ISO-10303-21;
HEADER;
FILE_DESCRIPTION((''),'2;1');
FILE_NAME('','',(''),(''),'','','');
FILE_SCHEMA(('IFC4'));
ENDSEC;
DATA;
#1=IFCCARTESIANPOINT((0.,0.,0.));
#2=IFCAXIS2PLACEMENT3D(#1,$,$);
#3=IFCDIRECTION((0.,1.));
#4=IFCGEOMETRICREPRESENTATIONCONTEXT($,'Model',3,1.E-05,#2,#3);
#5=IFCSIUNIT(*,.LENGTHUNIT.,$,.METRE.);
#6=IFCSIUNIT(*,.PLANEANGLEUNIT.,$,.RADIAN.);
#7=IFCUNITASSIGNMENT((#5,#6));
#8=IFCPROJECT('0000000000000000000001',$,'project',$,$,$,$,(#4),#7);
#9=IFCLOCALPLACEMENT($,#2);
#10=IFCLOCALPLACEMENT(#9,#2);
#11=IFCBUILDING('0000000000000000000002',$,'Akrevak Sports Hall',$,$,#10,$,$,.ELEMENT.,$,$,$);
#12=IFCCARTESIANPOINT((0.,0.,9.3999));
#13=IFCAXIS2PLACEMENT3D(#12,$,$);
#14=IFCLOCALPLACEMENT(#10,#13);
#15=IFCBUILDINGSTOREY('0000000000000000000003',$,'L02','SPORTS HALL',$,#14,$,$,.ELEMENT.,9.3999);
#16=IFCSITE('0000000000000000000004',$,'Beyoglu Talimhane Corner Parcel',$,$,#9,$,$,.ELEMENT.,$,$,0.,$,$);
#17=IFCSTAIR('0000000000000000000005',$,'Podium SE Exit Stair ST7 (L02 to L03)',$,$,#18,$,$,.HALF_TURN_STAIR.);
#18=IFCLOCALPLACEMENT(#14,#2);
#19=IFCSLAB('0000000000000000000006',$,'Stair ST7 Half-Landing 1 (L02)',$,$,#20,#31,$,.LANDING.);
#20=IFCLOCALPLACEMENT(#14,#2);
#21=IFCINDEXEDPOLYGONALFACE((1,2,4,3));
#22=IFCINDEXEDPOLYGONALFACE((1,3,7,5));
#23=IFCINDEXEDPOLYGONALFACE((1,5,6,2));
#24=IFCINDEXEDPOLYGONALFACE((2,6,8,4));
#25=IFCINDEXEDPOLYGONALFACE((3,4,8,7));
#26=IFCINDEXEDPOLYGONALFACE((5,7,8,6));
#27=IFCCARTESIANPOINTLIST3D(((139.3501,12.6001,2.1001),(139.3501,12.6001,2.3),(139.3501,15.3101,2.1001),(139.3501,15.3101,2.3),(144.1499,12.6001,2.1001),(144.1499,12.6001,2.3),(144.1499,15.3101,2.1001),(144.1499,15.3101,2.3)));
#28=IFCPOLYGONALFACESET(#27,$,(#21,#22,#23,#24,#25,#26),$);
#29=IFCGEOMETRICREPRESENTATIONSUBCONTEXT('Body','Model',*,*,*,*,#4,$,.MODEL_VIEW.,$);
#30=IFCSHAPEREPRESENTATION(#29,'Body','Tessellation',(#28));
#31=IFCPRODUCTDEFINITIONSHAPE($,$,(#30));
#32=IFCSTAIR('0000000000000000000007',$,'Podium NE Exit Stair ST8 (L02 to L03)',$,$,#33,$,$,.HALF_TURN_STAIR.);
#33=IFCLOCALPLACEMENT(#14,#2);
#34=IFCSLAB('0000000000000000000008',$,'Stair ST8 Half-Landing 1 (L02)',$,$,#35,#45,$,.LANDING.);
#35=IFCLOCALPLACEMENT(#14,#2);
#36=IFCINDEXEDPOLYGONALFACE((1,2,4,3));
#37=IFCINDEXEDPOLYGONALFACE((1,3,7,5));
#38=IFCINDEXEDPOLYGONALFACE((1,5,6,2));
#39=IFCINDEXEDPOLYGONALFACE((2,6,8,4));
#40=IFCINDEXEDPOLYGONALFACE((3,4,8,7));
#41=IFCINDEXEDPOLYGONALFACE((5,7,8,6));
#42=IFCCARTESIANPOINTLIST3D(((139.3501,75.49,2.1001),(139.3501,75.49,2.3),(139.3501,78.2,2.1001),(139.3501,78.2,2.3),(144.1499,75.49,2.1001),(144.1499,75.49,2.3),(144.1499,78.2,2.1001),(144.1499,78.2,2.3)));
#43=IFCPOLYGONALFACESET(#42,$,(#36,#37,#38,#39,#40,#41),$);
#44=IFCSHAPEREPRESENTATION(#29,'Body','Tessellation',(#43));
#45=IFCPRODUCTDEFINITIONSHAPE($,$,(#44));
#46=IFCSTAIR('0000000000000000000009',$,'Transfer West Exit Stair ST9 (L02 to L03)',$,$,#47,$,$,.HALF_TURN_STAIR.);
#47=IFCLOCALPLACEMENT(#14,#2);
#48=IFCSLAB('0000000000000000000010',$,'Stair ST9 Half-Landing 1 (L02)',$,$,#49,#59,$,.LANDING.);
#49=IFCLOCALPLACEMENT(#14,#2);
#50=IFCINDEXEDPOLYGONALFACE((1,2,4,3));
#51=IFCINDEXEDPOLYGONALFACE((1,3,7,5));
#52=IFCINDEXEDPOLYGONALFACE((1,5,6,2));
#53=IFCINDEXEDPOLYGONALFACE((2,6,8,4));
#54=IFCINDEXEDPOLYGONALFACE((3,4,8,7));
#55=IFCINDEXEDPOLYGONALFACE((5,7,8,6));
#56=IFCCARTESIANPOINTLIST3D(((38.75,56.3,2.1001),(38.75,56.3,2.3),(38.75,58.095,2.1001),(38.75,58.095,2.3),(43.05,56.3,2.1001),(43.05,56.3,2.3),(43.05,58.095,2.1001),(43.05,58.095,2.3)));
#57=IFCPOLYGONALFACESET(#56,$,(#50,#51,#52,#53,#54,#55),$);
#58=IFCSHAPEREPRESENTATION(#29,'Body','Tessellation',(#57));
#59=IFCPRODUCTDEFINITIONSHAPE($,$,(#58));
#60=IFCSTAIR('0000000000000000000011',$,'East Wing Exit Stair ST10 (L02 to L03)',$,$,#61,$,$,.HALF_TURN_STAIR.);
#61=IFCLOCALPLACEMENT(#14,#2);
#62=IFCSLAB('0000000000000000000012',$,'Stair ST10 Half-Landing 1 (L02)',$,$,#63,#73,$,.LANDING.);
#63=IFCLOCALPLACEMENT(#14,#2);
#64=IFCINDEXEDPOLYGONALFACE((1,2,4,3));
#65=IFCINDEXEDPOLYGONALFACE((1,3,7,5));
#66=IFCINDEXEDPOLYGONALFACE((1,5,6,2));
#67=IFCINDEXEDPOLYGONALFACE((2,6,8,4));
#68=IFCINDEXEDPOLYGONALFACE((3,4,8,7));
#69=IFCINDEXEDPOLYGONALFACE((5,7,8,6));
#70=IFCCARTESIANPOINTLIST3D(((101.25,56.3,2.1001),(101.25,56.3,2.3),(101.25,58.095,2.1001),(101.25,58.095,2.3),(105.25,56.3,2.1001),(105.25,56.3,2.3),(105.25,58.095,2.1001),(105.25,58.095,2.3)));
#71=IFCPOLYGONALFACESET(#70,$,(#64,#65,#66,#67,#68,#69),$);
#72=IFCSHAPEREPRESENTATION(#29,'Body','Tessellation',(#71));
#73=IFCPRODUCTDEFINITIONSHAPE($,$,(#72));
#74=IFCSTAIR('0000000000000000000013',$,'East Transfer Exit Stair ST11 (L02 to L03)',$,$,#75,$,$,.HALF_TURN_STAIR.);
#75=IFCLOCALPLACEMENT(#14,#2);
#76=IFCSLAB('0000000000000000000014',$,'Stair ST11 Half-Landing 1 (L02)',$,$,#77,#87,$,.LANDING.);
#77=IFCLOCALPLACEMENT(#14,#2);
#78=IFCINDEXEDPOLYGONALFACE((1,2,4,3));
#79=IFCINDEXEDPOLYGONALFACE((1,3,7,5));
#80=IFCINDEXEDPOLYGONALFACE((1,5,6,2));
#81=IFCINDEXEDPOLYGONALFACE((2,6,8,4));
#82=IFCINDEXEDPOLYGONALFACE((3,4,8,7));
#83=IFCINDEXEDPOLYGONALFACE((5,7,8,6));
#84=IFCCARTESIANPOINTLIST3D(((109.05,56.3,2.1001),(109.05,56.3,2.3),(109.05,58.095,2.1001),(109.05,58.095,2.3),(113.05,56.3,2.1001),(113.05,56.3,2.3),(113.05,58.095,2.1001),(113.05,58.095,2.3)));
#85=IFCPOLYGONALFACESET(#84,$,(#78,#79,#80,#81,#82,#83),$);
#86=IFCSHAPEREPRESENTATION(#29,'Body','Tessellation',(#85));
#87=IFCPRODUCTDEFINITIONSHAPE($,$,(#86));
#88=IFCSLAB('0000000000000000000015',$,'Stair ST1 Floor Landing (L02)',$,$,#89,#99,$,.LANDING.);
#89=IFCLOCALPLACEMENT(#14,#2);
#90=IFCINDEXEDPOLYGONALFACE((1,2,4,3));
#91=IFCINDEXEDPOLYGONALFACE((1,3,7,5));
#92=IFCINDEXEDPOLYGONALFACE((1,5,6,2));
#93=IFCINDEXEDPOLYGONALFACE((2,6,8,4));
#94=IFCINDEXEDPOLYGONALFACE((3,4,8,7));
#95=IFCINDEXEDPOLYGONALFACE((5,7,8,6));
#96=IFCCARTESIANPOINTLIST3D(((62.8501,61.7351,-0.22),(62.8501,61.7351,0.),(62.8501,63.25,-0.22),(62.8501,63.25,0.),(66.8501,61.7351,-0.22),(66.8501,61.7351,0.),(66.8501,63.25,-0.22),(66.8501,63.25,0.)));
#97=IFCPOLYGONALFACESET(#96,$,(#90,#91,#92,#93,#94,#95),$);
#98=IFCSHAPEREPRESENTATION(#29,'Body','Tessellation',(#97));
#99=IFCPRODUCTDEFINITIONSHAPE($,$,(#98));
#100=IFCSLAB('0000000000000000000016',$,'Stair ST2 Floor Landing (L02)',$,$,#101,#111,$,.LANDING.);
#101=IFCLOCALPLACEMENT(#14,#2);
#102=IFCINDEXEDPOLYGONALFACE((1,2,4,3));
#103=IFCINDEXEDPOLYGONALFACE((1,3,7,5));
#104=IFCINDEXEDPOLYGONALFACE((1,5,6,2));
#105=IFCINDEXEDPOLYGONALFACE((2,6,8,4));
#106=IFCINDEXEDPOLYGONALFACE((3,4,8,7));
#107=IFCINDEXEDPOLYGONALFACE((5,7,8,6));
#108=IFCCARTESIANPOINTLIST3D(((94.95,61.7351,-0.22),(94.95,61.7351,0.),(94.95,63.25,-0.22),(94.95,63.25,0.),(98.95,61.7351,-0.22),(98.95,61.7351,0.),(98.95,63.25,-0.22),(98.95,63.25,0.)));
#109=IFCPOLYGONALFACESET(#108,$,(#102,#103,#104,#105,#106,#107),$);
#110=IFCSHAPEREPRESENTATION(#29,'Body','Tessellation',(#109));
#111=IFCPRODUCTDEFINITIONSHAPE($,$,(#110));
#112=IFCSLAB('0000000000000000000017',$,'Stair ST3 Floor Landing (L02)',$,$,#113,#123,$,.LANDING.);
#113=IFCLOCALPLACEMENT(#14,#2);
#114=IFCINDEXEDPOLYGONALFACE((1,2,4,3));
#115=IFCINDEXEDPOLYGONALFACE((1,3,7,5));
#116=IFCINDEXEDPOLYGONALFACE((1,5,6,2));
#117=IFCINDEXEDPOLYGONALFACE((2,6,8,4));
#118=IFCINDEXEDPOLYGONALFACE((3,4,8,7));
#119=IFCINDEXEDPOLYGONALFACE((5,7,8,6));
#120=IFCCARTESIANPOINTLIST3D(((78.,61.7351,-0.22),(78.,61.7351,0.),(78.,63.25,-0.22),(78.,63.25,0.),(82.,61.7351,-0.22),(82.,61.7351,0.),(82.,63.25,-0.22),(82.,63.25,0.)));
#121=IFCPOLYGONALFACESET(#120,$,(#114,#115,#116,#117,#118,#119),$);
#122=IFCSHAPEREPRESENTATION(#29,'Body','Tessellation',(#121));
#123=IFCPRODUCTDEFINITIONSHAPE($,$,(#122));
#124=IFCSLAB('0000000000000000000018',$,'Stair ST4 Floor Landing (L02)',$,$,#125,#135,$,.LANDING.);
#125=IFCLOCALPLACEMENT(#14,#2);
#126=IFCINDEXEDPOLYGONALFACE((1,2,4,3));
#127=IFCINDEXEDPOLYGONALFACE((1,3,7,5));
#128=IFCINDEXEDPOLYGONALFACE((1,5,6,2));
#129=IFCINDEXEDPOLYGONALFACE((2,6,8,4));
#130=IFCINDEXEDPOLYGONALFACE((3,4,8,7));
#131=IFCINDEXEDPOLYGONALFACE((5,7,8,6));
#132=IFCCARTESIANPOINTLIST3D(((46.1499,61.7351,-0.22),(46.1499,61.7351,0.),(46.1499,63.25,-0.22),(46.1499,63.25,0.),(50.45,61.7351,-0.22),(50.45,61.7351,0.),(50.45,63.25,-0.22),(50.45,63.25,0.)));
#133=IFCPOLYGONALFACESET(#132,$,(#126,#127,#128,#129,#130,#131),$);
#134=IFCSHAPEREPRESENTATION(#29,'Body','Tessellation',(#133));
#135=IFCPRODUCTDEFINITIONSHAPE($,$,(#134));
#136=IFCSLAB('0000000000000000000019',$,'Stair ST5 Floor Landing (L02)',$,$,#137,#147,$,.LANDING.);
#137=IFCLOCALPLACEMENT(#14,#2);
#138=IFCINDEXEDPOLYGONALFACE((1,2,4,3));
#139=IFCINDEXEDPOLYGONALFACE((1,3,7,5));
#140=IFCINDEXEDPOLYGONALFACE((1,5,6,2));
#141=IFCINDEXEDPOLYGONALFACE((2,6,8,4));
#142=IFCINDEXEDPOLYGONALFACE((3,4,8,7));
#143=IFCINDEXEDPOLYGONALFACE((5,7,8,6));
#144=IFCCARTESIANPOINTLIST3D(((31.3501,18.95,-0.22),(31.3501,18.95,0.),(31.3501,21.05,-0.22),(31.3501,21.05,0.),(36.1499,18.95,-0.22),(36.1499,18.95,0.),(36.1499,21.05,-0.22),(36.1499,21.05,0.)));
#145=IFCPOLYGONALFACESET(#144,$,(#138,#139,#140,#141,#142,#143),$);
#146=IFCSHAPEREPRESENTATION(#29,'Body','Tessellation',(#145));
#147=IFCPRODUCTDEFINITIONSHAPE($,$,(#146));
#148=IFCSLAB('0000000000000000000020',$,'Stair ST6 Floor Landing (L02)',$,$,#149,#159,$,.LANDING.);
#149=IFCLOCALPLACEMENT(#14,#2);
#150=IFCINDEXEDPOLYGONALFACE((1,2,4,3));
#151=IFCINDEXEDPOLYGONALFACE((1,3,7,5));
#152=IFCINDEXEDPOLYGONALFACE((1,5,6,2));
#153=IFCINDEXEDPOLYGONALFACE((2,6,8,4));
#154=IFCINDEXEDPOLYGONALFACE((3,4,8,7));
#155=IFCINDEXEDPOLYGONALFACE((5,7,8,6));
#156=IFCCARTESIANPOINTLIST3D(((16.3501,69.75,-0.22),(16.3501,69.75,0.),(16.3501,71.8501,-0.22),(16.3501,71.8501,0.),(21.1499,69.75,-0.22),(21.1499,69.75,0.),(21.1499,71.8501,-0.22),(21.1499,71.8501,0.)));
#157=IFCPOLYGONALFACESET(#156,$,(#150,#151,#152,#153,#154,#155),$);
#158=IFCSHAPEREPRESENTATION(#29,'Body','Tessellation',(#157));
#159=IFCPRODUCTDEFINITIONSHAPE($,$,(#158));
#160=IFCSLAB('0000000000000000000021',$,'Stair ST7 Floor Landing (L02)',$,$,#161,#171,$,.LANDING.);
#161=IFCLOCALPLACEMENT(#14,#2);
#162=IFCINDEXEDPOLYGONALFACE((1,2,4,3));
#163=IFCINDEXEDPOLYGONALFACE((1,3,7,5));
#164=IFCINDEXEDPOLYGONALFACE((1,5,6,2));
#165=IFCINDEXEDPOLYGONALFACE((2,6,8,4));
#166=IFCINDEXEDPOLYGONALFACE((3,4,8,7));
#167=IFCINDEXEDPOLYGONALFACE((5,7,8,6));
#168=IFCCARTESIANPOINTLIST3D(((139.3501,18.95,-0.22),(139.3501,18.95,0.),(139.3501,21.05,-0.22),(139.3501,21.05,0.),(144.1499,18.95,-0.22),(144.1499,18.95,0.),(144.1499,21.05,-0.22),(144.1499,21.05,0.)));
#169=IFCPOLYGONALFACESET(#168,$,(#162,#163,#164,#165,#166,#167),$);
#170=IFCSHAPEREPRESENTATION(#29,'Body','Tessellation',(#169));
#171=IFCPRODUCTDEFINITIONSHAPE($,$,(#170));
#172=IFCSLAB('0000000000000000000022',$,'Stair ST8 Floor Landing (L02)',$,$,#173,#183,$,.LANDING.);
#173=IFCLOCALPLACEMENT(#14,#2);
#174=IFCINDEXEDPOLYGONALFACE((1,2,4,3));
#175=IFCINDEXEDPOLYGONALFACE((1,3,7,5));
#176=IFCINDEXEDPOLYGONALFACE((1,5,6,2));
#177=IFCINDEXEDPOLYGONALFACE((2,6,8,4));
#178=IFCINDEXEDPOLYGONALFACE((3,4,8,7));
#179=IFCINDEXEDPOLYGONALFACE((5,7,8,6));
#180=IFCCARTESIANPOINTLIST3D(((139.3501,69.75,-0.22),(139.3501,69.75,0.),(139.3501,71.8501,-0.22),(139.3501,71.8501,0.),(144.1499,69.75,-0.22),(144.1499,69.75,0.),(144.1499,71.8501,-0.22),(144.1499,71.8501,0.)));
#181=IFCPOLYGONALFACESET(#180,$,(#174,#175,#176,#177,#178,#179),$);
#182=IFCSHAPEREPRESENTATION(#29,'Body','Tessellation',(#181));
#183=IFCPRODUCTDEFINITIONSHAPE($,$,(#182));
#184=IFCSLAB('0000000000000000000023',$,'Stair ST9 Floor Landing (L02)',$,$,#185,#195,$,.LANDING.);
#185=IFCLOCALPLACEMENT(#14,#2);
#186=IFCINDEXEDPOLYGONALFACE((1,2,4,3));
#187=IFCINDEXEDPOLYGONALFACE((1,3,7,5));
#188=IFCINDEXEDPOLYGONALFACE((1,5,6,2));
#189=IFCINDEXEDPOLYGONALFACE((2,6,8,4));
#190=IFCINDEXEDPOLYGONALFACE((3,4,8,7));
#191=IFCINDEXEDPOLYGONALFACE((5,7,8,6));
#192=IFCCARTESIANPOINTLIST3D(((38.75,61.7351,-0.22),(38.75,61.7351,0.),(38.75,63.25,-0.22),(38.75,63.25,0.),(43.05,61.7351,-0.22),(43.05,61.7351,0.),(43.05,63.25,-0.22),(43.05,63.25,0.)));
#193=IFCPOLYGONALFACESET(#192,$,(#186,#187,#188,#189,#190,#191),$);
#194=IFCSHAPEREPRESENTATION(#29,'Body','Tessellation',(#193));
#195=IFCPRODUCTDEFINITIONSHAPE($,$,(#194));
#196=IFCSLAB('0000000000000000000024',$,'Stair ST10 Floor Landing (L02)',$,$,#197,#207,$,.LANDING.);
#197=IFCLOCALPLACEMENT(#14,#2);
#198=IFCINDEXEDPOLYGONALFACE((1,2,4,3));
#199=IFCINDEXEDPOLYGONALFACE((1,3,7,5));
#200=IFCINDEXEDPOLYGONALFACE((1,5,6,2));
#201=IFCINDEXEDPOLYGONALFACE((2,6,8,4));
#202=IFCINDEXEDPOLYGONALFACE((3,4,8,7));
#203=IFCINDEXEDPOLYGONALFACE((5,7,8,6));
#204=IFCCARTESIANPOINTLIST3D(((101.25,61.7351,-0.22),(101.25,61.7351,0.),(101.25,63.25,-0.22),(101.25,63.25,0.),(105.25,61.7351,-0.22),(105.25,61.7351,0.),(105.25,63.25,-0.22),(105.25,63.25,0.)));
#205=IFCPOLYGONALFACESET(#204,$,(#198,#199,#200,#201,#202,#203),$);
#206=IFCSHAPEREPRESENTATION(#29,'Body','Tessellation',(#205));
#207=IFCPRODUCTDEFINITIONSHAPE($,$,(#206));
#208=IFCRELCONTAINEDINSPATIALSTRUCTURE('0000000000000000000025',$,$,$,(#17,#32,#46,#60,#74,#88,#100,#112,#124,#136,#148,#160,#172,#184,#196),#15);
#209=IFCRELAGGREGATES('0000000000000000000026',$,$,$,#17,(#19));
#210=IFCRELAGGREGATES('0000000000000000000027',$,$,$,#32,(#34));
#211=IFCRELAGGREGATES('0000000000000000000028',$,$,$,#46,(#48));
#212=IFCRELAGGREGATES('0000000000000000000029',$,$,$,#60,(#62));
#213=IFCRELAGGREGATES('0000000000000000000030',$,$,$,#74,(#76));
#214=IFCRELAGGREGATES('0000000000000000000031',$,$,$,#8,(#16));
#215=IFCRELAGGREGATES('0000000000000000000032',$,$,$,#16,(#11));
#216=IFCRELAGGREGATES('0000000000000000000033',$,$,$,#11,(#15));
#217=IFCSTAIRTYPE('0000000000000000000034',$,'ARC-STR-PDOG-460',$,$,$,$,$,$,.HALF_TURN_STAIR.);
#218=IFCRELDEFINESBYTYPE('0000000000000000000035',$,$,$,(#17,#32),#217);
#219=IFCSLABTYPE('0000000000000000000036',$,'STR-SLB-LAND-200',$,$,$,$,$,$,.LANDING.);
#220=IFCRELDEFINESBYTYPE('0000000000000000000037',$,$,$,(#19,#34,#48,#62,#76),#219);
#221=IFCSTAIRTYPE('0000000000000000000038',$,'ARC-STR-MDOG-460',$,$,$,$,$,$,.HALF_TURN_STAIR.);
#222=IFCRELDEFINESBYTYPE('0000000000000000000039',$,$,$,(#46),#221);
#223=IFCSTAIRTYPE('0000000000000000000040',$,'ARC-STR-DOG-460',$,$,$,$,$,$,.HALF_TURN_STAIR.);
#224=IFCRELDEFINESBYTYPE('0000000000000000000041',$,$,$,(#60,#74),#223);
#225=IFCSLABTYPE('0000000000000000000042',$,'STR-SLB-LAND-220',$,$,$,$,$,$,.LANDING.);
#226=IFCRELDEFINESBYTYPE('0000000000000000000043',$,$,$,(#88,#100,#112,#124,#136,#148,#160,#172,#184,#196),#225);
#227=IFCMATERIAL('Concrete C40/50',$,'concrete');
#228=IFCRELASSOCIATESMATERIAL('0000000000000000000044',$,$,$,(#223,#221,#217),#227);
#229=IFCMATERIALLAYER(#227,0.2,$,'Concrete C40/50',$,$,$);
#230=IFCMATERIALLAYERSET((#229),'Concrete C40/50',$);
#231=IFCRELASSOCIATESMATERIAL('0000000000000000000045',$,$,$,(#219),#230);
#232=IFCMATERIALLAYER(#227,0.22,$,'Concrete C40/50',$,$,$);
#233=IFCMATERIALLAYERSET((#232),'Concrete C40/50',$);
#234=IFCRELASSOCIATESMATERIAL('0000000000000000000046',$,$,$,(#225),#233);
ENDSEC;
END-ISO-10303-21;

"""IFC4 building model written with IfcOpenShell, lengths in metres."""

from ifc_helpers import new_model, si_unit, direction, frame, origin, place, context, subcontext, project, spatial, polyline, outline, extrude, material, layer, layer_set, type_object, element, aggregate, save


model = new_model("IFC4")

# Units and contexts
model_context = context("Model", 3, precision=1e-05, world=origin(), true_north=direction((0.0, 1.0)))
body_context = subcontext(model_context, "Body", "Model", "MODEL_VIEW")
ifc_project = project(units=[si_unit("LENGTHUNIT", "METRE"), si_unit("PLANEANGLEUNIT", "RADIAN")], contexts=[model_context])

# Site, building, storey
site_placement = place(None, origin())
site = spatial("IfcSite", under=ifc_project, at=site_placement, Name="Beyoglu Talimhane Corner Parcel", CompositionType="ELEMENT", RefElevation=0.0)
building_placement = place(site_placement, origin())
building = spatial("IfcBuilding", under=site, at=building_placement, Name="Akrevak Sports Hall", CompositionType="ELEMENT")
storey_placement = place(building_placement, frame((0.0, 0.0, 9.3999)))
storey = spatial("IfcBuildingStorey", under=building, at=storey_placement, Name="L02", Description="SPORTS HALL", CompositionType="ELEMENT", Elevation=9.3999)

# Shared definitions
ifc_material_1 = material(Name="Concrete C40/50", Category="concrete")

# Stairs, slabs
stair_type_1 = type_object("IfcStairType", Name="ARC-STR-DOG-460", PredefinedType="HALF_TURN_STAIR", material=ifc_material_1)
ifc_layer_1 = layer(ifc_material_1, 0.2, Name="Concrete C40/50")
ifc_layer_set_1 = layer_set([ifc_layer_1], Name="Concrete C40/50")
slab_type_1 = type_object("IfcSlabType", Name="STR-SLB-LAND-200", PredefinedType="LANDING", material=ifc_layer_set_1)
stair_type_2 = type_object("IfcStairType", Name="ARC-STR-MDOG-460", PredefinedType="HALF_TURN_STAIR", material=ifc_material_1)
stair_type_3 = type_object("IfcStairType", Name="ARC-STR-PDOG-460", PredefinedType="HALF_TURN_STAIR", material=ifc_material_1)
stair_1_placement = place(storey_placement, origin())
stair_1 = element("IfcStair", 1, at=stair_1_placement, inside=storey, type_object=stair_type_3, Name="Podium SE Exit Stair ST7 (L02 to L03)", PredefinedType="HALF_TURN_STAIR")
slab_1_placement = place(storey_placement, frame((0.0, 0.0, 2.1001)))
slab_1 = element("IfcSlab", 2, at=slab_1_placement, type_object=slab_type_1, Name="Stair ST7 Half-Landing 1 (L02)", PredefinedType="LANDING", context=body_context, shape_type="SweptSolid", body=[
    extrude(outline(polyline([(139.3501, 12.6001), (144.1499, 12.6001), (144.1499, 15.3101), (139.3501, 15.3101), (139.3501, 12.6001)])), origin(), (0.0, 0.0, 1.0), 0.2),
])
aggregate(stair_1, [slab_1])
stair_2_placement = place(storey_placement, origin())
stair_2 = element("IfcStair", 3, at=stair_2_placement, inside=storey, type_object=stair_type_3, Name="Podium NE Exit Stair ST8 (L02 to L03)", PredefinedType="HALF_TURN_STAIR")
slab_2_placement = place(storey_placement, frame((0.0, 0.0, 2.1001)))
slab_2 = element("IfcSlab", 4, at=slab_2_placement, type_object=slab_type_1, Name="Stair ST8 Half-Landing 1 (L02)", PredefinedType="LANDING", context=body_context, shape_type="SweptSolid", body=[
    extrude(outline(polyline([(139.3501, 75.49), (144.1499, 75.49), (144.1499, 78.2), (139.3501, 78.2), (139.3501, 75.49)])), origin(), (0.0, 0.0, 1.0), 0.2),
])
aggregate(stair_2, [slab_2])
stair_3_placement = place(storey_placement, origin())
stair_3 = element("IfcStair", 5, at=stair_3_placement, inside=storey, type_object=stair_type_2, Name="Transfer West Exit Stair ST9 (L02 to L03)", PredefinedType="HALF_TURN_STAIR")
slab_3_placement = place(storey_placement, frame((0.0, 0.0, 2.1001)))
slab_3 = element("IfcSlab", 6, at=slab_3_placement, type_object=slab_type_1, Name="Stair ST9 Half-Landing 1 (L02)", PredefinedType="LANDING", context=body_context, shape_type="SweptSolid", body=[
    extrude(outline(polyline([(38.75, 56.3), (43.05, 56.3), (43.05, 58.095), (38.75, 58.095), (38.75, 56.3)])), origin(), (0.0, 0.0, 1.0), 0.2),
])
aggregate(stair_3, [slab_3])
stair_4_placement = place(storey_placement, origin())
stair_4 = element("IfcStair", 7, at=stair_4_placement, inside=storey, type_object=stair_type_1, Name="East Wing Exit Stair ST10 (L02 to L03)", PredefinedType="HALF_TURN_STAIR")
slab_4_placement = place(storey_placement, frame((0.0, 0.0, 2.1001)))
slab_4 = element("IfcSlab", 8, at=slab_4_placement, type_object=slab_type_1, Name="Stair ST10 Half-Landing 1 (L02)", PredefinedType="LANDING", context=body_context, shape_type="SweptSolid", body=[
    extrude(outline(polyline([(101.25, 56.3), (105.25, 56.3), (105.25, 58.095), (101.25, 58.095), (101.25, 56.3)])), origin(), (0.0, 0.0, 1.0), 0.2),
])
aggregate(stair_4, [slab_4])
stair_5_placement = place(storey_placement, origin())
stair_5 = element("IfcStair", 9, at=stair_5_placement, inside=storey, type_object=stair_type_1, Name="East Transfer Exit Stair ST11 (L02 to L03)", PredefinedType="HALF_TURN_STAIR")
slab_5_placement = place(storey_placement, frame((0.0, 0.0, 2.1001)))
slab_5 = element("IfcSlab", 10, at=slab_5_placement, type_object=slab_type_1, Name="Stair ST11 Half-Landing 1 (L02)", PredefinedType="LANDING", context=body_context, shape_type="SweptSolid", body=[
    extrude(outline(polyline([(109.05, 56.3), (113.05, 56.3), (113.05, 58.095), (109.05, 58.095), (109.05, 56.3)])), origin(), (0.0, 0.0, 1.0), 0.2),
])
aggregate(stair_5, [slab_5])

# Slabs
ifc_layer_2 = layer(ifc_material_1, 0.22, Name="Concrete C40/50")
ifc_layer_set_2 = layer_set([ifc_layer_2], Name="Concrete C40/50")
slab_type_2 = type_object("IfcSlabType", Name="STR-SLB-LAND-220", PredefinedType="LANDING", material=ifc_layer_set_2)
slab_6_placement = place(storey_placement, frame((0.0, 0.0, -0.22)))
element("IfcSlab", 11, at=slab_6_placement, inside=storey, type_object=slab_type_2, Name="Stair ST1 Floor Landing (L02)", PredefinedType="LANDING", context=body_context, shape_type="SweptSolid", body=[
    extrude(outline(polyline([(62.8501, 61.7351), (66.8501, 61.7351), (66.8501, 63.25), (62.8501, 63.25), (62.8501, 61.7351)])), origin(), (0.0, 0.0, 1.0), 0.22),
])
slab_7_placement = place(storey_placement, frame((0.0, 0.0, -0.22)))
element("IfcSlab", 12, at=slab_7_placement, inside=storey, type_object=slab_type_2, Name="Stair ST2 Floor Landing (L02)", PredefinedType="LANDING", context=body_context, shape_type="SweptSolid", body=[
    extrude(outline(polyline([(94.95, 61.7351), (98.95, 61.7351), (98.95, 63.25), (94.95, 63.25), (94.95, 61.7351)])), origin(), (0.0, 0.0, 1.0), 0.22),
])
slab_8_placement = place(storey_placement, frame((0.0, 0.0, -0.22)))
element("IfcSlab", 13, at=slab_8_placement, inside=storey, type_object=slab_type_2, Name="Stair ST3 Floor Landing (L02)", PredefinedType="LANDING", context=body_context, shape_type="SweptSolid", body=[
    extrude(outline(polyline([(78.0, 61.7351), (82.0, 61.7351), (82.0, 63.25), (78.0, 63.25), (78.0, 61.7351)])), origin(), (0.0, 0.0, 1.0), 0.22),
])
slab_9_placement = place(storey_placement, frame((0.0, 0.0, -0.22)))
element("IfcSlab", 14, at=slab_9_placement, inside=storey, type_object=slab_type_2, Name="Stair ST4 Floor Landing (L02)", PredefinedType="LANDING", context=body_context, shape_type="SweptSolid", body=[
    extrude(outline(polyline([(46.1499, 61.7351), (50.45, 61.7351), (50.45, 63.25), (46.1499, 63.25), (46.1499, 61.7351)])), origin(), (0.0, 0.0, 1.0), 0.22),
])
slab_10_placement = place(storey_placement, frame((0.0, 0.0, -0.22)))
element("IfcSlab", 15, at=slab_10_placement, inside=storey, type_object=slab_type_2, Name="Stair ST5 Floor Landing (L02)", PredefinedType="LANDING", context=body_context, shape_type="SweptSolid", body=[
    extrude(outline(polyline([(31.3501, 18.95), (36.1499, 18.95), (36.1499, 21.05), (31.3501, 21.05), (31.3501, 18.95)])), origin(), (0.0, 0.0, 1.0), 0.22),
])
slab_11_placement = place(storey_placement, frame((0.0, 0.0, -0.22)))
element("IfcSlab", 16, at=slab_11_placement, inside=storey, type_object=slab_type_2, Name="Stair ST6 Floor Landing (L02)", PredefinedType="LANDING", context=body_context, shape_type="SweptSolid", body=[
    extrude(outline(polyline([(16.3501, 69.75), (21.1499, 69.75), (21.1499, 71.8501), (16.3501, 71.8501), (16.3501, 69.75)])), origin(), (0.0, 0.0, 1.0), 0.22),
])
slab_12_placement = place(storey_placement, frame((0.0, 0.0, -0.22)))
element("IfcSlab", 17, at=slab_12_placement, inside=storey, type_object=slab_type_2, Name="Stair ST7 Floor Landing (L02)", PredefinedType="LANDING", context=body_context, shape_type="SweptSolid", body=[
    extrude(outline(polyline([(139.3501, 18.95), (144.1499, 18.95), (144.1499, 21.05), (139.3501, 21.05), (139.3501, 18.95)])), origin(), (0.0, 0.0, 1.0), 0.22),
])
slab_13_placement = place(storey_placement, frame((0.0, 0.0, -0.22)))
element("IfcSlab", 18, at=slab_13_placement, inside=storey, type_object=slab_type_2, Name="Stair ST8 Floor Landing (L02)", PredefinedType="LANDING", context=body_context, shape_type="SweptSolid", body=[
    extrude(outline(polyline([(139.3501, 69.75), (144.1499, 69.75), (144.1499, 71.8501), (139.3501, 71.8501), (139.3501, 69.75)])), origin(), (0.0, 0.0, 1.0), 0.22),
])
slab_14_placement = place(storey_placement, frame((0.0, 0.0, -0.22)))
element("IfcSlab", 19, at=slab_14_placement, inside=storey, type_object=slab_type_2, Name="Stair ST9 Floor Landing (L02)", PredefinedType="LANDING", context=body_context, shape_type="SweptSolid", body=[
    extrude(outline(polyline([(38.75, 61.7351), (43.05, 61.7351), (43.05, 63.25), (38.75, 63.25), (38.75, 61.7351)])), origin(), (0.0, 0.0, 1.0), 0.22),
])
slab_15_placement = place(storey_placement, frame((0.0, 0.0, -0.22)))
element("IfcSlab", 20, at=slab_15_placement, inside=storey, type_object=slab_type_2, Name="Stair ST10 Floor Landing (L02)", PredefinedType="LANDING", context=body_context, shape_type="SweptSolid", body=[
    extrude(outline(polyline([(101.25, 61.7351), (105.25, 61.7351), (105.25, 63.25), (101.25, 63.25), (101.25, 61.7351)])), origin(), (0.0, 0.0, 1.0), 0.22),
])

save(model, "model.ifc")
